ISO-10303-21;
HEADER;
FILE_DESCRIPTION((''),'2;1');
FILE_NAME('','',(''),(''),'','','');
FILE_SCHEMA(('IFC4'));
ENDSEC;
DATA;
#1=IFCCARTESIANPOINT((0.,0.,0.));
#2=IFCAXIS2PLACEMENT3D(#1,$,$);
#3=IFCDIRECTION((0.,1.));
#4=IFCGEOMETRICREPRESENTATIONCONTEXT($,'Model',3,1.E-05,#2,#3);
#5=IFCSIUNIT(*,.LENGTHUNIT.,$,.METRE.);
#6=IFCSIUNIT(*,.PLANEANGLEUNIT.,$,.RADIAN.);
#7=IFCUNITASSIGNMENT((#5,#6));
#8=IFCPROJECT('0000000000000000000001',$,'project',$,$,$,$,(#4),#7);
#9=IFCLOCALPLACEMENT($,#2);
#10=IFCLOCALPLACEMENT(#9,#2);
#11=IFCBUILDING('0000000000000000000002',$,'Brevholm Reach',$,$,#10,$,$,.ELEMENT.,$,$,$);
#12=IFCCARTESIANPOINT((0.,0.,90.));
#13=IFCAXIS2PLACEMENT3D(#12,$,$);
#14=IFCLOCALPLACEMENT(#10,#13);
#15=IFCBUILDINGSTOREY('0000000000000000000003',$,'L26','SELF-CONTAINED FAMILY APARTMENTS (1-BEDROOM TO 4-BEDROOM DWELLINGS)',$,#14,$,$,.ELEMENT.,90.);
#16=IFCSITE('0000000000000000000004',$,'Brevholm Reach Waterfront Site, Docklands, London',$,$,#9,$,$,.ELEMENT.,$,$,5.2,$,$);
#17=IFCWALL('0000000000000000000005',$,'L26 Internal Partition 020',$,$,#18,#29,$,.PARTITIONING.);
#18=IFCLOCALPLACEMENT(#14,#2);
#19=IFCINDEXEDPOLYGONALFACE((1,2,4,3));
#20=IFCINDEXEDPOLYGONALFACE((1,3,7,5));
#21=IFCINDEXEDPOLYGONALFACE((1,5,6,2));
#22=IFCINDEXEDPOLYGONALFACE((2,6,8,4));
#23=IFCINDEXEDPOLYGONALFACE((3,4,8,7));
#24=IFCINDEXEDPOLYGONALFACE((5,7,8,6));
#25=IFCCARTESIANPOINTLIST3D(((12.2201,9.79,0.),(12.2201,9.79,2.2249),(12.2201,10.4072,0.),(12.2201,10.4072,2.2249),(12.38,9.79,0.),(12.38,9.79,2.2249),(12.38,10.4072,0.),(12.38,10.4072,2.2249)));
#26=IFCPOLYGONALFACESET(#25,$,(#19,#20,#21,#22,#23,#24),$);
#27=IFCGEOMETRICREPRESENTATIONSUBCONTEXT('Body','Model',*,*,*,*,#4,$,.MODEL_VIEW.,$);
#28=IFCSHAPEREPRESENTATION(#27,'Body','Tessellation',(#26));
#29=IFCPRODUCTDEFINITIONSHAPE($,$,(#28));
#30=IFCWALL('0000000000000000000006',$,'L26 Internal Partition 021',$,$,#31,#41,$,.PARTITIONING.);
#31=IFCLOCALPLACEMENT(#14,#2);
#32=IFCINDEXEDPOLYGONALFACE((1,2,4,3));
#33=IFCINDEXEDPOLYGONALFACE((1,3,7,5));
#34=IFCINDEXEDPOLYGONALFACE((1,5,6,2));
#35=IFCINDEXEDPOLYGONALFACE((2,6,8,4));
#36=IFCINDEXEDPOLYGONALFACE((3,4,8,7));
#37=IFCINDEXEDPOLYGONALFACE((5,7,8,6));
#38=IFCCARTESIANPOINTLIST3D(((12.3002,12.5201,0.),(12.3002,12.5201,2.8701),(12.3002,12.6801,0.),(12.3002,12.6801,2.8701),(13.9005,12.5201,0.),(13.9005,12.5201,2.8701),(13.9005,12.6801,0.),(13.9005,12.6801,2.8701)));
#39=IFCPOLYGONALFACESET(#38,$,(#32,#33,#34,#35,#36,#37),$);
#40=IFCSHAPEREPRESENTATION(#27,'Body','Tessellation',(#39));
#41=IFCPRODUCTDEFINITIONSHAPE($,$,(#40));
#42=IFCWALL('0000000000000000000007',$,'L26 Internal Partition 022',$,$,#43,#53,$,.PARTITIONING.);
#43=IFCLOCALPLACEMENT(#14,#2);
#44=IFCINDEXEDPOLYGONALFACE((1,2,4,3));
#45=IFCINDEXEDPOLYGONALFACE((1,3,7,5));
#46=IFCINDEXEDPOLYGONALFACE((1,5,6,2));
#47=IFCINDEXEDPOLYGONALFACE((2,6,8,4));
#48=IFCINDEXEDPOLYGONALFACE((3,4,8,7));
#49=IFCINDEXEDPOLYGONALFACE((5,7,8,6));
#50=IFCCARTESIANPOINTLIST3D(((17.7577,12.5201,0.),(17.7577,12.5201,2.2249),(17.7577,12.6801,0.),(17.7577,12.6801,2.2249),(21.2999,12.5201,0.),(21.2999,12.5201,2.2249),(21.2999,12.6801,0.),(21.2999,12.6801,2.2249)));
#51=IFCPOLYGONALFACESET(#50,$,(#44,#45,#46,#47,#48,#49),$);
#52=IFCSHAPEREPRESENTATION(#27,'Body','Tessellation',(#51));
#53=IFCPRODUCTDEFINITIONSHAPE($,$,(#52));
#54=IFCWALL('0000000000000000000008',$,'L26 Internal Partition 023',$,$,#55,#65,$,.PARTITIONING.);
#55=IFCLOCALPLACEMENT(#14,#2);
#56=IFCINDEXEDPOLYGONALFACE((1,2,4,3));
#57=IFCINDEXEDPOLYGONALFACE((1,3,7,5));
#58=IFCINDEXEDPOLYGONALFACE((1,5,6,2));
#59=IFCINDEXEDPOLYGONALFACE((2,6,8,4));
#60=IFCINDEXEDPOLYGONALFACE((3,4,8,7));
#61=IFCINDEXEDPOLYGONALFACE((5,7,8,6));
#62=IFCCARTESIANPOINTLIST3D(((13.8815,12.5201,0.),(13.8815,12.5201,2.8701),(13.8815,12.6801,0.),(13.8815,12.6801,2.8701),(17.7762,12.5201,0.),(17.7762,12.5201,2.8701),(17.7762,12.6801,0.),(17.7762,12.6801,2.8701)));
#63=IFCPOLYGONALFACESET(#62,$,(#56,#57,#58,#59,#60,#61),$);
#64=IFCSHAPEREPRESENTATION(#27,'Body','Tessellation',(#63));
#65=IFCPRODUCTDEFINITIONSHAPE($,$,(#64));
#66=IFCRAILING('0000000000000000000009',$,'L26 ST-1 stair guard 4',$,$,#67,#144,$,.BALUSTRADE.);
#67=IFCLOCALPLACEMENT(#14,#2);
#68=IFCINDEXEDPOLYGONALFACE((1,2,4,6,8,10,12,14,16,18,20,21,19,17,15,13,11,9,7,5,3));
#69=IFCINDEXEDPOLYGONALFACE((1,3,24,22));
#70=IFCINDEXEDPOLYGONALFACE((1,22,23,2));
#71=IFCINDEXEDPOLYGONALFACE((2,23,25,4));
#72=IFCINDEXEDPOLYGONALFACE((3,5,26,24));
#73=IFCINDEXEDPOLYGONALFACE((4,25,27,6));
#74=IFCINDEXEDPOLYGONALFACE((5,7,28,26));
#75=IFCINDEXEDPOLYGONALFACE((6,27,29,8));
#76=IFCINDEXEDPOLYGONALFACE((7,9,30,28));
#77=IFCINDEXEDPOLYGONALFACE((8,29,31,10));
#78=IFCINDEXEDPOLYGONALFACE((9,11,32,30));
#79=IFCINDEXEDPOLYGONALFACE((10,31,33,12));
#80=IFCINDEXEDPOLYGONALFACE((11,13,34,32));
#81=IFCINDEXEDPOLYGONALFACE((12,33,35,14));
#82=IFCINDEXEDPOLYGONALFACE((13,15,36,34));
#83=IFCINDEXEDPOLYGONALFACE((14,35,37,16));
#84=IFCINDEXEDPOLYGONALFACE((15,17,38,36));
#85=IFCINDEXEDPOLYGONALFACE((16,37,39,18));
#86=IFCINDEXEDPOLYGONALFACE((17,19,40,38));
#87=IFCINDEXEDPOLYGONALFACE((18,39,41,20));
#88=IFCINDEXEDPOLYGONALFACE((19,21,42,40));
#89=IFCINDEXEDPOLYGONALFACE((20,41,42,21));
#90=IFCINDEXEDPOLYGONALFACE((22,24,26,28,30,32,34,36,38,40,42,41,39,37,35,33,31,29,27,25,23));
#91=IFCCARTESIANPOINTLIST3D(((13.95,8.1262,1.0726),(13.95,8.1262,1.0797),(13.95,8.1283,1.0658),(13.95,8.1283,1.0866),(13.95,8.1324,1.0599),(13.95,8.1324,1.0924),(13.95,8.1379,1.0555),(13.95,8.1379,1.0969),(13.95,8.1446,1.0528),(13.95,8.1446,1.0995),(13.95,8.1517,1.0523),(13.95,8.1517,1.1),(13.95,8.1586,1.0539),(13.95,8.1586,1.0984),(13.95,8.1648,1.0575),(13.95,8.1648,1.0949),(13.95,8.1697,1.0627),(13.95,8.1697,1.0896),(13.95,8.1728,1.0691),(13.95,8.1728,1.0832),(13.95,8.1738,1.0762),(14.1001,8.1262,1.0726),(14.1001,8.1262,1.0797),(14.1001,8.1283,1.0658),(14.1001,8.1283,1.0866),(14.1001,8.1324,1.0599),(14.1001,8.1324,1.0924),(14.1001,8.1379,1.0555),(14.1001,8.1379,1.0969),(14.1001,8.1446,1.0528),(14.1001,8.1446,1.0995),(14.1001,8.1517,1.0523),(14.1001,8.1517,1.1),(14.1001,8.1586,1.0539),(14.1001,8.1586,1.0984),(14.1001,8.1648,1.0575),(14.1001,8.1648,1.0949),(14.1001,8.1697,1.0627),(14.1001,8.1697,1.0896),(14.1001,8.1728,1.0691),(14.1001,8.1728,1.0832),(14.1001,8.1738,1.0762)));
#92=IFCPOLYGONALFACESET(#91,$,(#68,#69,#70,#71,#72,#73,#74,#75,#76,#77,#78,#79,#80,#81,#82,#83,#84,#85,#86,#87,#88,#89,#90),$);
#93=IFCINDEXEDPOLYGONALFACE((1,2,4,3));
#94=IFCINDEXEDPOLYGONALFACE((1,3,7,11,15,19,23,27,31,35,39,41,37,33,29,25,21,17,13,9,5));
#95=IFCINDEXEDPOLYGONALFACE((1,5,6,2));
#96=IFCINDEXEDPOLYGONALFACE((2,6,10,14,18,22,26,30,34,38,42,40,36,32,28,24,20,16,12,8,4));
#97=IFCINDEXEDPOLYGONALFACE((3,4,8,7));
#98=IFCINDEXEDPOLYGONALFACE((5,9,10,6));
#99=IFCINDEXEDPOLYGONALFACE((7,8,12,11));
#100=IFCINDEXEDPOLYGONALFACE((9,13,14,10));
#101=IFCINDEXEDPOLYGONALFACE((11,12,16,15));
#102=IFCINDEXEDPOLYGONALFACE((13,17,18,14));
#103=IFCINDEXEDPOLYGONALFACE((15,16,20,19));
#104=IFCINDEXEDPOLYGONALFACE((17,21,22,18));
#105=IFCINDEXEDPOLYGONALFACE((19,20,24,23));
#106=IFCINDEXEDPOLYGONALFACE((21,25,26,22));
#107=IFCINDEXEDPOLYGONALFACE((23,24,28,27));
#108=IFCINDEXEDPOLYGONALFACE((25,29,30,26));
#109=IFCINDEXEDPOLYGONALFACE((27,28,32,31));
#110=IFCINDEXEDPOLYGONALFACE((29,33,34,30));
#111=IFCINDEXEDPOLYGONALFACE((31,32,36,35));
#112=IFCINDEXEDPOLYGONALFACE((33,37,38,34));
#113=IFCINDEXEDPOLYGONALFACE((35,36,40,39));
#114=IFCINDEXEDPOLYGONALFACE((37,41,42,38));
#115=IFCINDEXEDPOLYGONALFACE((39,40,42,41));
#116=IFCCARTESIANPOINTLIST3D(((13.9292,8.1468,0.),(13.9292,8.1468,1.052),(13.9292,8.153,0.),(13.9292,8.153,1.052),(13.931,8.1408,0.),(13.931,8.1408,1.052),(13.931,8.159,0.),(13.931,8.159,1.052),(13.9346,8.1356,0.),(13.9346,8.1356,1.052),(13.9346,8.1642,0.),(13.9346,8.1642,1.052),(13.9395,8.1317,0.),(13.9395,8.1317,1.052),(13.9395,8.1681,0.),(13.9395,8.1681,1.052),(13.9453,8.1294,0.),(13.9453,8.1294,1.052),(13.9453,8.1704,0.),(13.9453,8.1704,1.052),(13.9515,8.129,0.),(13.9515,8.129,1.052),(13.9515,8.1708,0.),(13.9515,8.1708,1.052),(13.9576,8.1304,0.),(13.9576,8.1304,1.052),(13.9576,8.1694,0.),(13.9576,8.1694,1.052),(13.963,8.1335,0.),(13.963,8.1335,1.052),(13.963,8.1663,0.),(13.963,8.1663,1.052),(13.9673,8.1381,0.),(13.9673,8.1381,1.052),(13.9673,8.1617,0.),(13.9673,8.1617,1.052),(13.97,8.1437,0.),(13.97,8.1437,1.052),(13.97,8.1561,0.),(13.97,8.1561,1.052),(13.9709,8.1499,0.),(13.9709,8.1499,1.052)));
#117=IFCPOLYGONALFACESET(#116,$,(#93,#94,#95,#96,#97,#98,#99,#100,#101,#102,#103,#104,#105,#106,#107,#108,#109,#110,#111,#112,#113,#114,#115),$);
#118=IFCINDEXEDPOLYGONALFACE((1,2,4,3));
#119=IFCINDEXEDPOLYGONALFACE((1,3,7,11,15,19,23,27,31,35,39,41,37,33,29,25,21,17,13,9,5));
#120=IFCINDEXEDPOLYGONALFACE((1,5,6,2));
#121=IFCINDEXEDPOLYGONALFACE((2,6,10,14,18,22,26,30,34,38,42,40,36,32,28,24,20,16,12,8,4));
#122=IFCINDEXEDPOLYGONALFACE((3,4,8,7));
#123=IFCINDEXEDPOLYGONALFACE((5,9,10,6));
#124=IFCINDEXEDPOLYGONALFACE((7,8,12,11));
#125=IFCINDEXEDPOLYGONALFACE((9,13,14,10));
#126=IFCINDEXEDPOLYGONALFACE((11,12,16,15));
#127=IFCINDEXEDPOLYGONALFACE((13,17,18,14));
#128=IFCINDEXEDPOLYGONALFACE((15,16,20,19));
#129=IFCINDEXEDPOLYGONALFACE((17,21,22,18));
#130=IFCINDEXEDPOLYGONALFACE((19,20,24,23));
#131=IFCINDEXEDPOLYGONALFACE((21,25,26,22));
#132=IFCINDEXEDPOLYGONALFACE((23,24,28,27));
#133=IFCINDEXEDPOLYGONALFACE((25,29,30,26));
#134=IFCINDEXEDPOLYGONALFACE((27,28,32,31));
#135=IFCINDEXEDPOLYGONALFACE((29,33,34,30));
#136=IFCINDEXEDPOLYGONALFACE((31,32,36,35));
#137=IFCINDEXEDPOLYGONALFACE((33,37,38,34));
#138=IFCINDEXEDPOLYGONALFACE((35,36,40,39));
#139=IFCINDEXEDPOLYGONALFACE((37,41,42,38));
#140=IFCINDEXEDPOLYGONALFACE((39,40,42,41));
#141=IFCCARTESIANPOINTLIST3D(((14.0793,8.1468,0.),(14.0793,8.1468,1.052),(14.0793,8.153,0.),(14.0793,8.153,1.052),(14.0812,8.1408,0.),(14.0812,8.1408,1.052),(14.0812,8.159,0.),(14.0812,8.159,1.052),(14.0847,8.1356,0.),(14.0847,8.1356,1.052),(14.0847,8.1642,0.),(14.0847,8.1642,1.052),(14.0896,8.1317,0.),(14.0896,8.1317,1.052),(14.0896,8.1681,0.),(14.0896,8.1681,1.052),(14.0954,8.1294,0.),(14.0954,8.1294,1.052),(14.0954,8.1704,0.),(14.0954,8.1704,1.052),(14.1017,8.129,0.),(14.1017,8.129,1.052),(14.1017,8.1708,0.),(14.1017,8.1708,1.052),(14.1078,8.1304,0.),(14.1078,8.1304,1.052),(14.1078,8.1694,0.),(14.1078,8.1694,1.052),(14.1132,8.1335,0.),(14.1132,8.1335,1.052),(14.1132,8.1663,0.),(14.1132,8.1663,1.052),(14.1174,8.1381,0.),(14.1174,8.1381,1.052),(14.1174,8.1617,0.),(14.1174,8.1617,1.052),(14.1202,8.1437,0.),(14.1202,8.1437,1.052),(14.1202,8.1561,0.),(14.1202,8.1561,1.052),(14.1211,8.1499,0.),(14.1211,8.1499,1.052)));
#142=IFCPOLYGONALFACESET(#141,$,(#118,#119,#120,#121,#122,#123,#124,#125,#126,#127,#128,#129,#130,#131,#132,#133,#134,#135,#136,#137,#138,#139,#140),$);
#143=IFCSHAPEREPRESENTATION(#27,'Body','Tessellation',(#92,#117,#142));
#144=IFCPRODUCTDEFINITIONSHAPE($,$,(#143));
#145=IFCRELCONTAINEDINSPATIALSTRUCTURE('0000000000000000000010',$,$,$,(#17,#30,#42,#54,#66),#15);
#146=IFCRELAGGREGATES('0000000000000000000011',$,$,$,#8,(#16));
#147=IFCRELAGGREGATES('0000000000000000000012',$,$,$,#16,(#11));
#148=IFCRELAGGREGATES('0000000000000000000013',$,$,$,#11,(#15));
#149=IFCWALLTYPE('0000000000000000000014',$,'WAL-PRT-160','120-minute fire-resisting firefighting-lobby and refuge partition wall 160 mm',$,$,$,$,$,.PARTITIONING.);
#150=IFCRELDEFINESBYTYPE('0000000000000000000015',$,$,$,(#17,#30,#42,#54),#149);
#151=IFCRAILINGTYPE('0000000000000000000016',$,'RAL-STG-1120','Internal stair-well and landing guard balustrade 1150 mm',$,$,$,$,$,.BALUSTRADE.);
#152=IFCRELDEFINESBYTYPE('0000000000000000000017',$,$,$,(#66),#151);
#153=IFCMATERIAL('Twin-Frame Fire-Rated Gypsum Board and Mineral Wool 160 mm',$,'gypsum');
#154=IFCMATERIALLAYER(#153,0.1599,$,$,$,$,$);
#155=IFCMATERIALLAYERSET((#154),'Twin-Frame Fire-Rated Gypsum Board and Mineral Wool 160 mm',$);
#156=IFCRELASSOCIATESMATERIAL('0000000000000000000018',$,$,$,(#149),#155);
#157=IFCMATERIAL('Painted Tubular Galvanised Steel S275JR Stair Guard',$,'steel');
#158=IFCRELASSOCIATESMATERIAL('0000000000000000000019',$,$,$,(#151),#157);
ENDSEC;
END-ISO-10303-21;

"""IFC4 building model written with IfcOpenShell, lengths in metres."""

from ifc_helpers import new_model, si_unit, direction, frame, frame_2d, origin, origin_2d, place, context, subcontext, project, spatial, rectangle, circle, extrude, material, layer, layer_set, type_object, element, save


model = new_model("IFC4")

# Units and contexts
model_context = context("Model", 3, precision=1e-05, world=origin(), true_north=direction((0.0, 1.0)))
body_context = subcontext(model_context, "Body", "Model", "MODEL_VIEW")
ifc_project = project(units=[si_unit("LENGTHUNIT", "METRE"), si_unit("PLANEANGLEUNIT", "RADIAN")], contexts=[model_context])

# Site, building, storey
site_placement = place(None, origin())
site = spatial("IfcSite", under=ifc_project, at=site_placement, Name="Brevholm Reach Waterfront Site, Docklands, London", CompositionType="ELEMENT", RefElevation=5.2)
building_placement = place(site_placement, origin())
building = spatial("IfcBuilding", under=site, at=building_placement, Name="Brevholm Reach", CompositionType="ELEMENT")
storey_placement = place(building_placement, frame((0.0, 0.0, 90.0)))
storey = spatial("IfcBuildingStorey", under=building, at=storey_placement, Name="L26", Description="SELF-CONTAINED FAMILY APARTMENTS (1-BEDROOM TO 4-BEDROOM DWELLINGS)", CompositionType="ELEMENT", Elevation=90.0)

# Shared definitions
ifc_material_1 = material(Name="Twin-Frame Fire-Rated Gypsum Board and Mineral Wool 160 mm", Category="gypsum")
ifc_layer_1 = layer(ifc_material_1, 0.1599)
ifc_layer_set_1 = layer_set([ifc_layer_1], Name="Twin-Frame Fire-Rated Gypsum Board and Mineral Wool 160 mm")
wall_type_1 = type_object("IfcWallType", Name="WAL-PRT-160", Description="120-minute fire-resisting firefighting-lobby and refuge partition wall 160 mm", PredefinedType="PARTITIONING", material=ifc_layer_set_1)

# Walls
wall_1_placement = place(storey_placement, frame((12.3, 9.79, 0.0), z_axis=(0.0, 0.0, 1.0), x_axis=(0.0, 1.0, 0.0)))
element("IfcWall", 1, at=wall_1_placement, inside=storey, type_object=wall_type_1, Name="L26 Internal Partition 020", PredefinedType="PARTITIONING", context=body_context, shape_type="SweptSolid", body=[
    extrude(rectangle(XDim=0.6172, YDim=0.1599, at=frame_2d((0.3086, 0.0))), origin(), (0.0, 0.0, 1.0), 2.2249),
])
wall_2_placement = place(storey_placement, frame((12.3, 12.6001, 0.0), z_axis=(0.0, 0.0, 1.0), x_axis=(1.0, 0.0, 0.0)))
element("IfcWall", 2, at=wall_2_placement, inside=storey, type_object=wall_type_1, Name="L26 Internal Partition 021", PredefinedType="PARTITIONING", context=body_context, shape_type="SweptSolid", body=[
    extrude(rectangle(XDim=1.6003, YDim=0.1599, at=frame_2d((0.8003, 0.0))), origin(), (0.0, 0.0, 1.0), 2.8701),
])
wall_3_placement = place(storey_placement, frame((17.7578, 12.6001, 0.0), z_axis=(0.0, 0.0, 1.0), x_axis=(1.0, 0.0, 0.0)))
element("IfcWall", 3, at=wall_3_placement, inside=storey, type_object=wall_type_1, Name="L26 Internal Partition 022", PredefinedType="PARTITIONING", context=body_context, shape_type="SweptSolid", body=[
    extrude(rectangle(XDim=3.5422, YDim=0.1599, at=frame_2d((1.771, 0.0))), origin(), (0.0, 0.0, 1.0), 2.2249),
])
wall_4_placement = place(storey_placement, frame((13.8816, 12.6001, 0.0), z_axis=(0.0, 0.0, 1.0), x_axis=(1.0, 0.0, 0.0)))
element("IfcWall", 4, at=wall_4_placement, inside=storey, type_object=wall_type_1, Name="L26 Internal Partition 023", PredefinedType="PARTITIONING", context=body_context, shape_type="SweptSolid", body=[
    extrude(rectangle(XDim=3.8948, YDim=0.1599, at=frame_2d((1.9473, 0.0))), origin(), (0.0, 0.0, 1.0), 2.8701),
])

# Railing
ifc_material_2 = material(Name="Painted Tubular Galvanised Steel S275JR Stair Guard", Category="steel")
railing_type = type_object("IfcRailingType", Name="RAL-STG-1120", Description="Internal stair-well and landing guard balustrade 1150 mm", PredefinedType="BALUSTRADE", material=ifc_material_2)
railing_placement = place(storey_placement, frame((13.95, 8.1499, 0.0)))
element("IfcRailing", 5, at=railing_placement, inside=storey, type_object=railing_type, Name="L26 ST-1 stair guard 4", PredefinedType="BALUSTRADE", context=body_context, shape_type="SweptSolid", body=[
    extrude(circle(Radius=0.0239, at=origin_2d()), frame((0.0, 0.0, 1.0762), z_axis=(1.0, 0.0, 0.0), x_axis=(0.0, 1.0, 0.0)), (0.0, 0.0, 1.0), 0.1501),
    extrude(circle(Radius=0.021, at=origin_2d()), origin(), (0.0, 0.0, 1.0), 1.052),
    extrude(circle(Radius=0.021, at=origin_2d()), frame((0.1501, 0.0, 0.0)), (0.0, 0.0, 1.0), 1.052),
])

save(model, "model.ifc")
